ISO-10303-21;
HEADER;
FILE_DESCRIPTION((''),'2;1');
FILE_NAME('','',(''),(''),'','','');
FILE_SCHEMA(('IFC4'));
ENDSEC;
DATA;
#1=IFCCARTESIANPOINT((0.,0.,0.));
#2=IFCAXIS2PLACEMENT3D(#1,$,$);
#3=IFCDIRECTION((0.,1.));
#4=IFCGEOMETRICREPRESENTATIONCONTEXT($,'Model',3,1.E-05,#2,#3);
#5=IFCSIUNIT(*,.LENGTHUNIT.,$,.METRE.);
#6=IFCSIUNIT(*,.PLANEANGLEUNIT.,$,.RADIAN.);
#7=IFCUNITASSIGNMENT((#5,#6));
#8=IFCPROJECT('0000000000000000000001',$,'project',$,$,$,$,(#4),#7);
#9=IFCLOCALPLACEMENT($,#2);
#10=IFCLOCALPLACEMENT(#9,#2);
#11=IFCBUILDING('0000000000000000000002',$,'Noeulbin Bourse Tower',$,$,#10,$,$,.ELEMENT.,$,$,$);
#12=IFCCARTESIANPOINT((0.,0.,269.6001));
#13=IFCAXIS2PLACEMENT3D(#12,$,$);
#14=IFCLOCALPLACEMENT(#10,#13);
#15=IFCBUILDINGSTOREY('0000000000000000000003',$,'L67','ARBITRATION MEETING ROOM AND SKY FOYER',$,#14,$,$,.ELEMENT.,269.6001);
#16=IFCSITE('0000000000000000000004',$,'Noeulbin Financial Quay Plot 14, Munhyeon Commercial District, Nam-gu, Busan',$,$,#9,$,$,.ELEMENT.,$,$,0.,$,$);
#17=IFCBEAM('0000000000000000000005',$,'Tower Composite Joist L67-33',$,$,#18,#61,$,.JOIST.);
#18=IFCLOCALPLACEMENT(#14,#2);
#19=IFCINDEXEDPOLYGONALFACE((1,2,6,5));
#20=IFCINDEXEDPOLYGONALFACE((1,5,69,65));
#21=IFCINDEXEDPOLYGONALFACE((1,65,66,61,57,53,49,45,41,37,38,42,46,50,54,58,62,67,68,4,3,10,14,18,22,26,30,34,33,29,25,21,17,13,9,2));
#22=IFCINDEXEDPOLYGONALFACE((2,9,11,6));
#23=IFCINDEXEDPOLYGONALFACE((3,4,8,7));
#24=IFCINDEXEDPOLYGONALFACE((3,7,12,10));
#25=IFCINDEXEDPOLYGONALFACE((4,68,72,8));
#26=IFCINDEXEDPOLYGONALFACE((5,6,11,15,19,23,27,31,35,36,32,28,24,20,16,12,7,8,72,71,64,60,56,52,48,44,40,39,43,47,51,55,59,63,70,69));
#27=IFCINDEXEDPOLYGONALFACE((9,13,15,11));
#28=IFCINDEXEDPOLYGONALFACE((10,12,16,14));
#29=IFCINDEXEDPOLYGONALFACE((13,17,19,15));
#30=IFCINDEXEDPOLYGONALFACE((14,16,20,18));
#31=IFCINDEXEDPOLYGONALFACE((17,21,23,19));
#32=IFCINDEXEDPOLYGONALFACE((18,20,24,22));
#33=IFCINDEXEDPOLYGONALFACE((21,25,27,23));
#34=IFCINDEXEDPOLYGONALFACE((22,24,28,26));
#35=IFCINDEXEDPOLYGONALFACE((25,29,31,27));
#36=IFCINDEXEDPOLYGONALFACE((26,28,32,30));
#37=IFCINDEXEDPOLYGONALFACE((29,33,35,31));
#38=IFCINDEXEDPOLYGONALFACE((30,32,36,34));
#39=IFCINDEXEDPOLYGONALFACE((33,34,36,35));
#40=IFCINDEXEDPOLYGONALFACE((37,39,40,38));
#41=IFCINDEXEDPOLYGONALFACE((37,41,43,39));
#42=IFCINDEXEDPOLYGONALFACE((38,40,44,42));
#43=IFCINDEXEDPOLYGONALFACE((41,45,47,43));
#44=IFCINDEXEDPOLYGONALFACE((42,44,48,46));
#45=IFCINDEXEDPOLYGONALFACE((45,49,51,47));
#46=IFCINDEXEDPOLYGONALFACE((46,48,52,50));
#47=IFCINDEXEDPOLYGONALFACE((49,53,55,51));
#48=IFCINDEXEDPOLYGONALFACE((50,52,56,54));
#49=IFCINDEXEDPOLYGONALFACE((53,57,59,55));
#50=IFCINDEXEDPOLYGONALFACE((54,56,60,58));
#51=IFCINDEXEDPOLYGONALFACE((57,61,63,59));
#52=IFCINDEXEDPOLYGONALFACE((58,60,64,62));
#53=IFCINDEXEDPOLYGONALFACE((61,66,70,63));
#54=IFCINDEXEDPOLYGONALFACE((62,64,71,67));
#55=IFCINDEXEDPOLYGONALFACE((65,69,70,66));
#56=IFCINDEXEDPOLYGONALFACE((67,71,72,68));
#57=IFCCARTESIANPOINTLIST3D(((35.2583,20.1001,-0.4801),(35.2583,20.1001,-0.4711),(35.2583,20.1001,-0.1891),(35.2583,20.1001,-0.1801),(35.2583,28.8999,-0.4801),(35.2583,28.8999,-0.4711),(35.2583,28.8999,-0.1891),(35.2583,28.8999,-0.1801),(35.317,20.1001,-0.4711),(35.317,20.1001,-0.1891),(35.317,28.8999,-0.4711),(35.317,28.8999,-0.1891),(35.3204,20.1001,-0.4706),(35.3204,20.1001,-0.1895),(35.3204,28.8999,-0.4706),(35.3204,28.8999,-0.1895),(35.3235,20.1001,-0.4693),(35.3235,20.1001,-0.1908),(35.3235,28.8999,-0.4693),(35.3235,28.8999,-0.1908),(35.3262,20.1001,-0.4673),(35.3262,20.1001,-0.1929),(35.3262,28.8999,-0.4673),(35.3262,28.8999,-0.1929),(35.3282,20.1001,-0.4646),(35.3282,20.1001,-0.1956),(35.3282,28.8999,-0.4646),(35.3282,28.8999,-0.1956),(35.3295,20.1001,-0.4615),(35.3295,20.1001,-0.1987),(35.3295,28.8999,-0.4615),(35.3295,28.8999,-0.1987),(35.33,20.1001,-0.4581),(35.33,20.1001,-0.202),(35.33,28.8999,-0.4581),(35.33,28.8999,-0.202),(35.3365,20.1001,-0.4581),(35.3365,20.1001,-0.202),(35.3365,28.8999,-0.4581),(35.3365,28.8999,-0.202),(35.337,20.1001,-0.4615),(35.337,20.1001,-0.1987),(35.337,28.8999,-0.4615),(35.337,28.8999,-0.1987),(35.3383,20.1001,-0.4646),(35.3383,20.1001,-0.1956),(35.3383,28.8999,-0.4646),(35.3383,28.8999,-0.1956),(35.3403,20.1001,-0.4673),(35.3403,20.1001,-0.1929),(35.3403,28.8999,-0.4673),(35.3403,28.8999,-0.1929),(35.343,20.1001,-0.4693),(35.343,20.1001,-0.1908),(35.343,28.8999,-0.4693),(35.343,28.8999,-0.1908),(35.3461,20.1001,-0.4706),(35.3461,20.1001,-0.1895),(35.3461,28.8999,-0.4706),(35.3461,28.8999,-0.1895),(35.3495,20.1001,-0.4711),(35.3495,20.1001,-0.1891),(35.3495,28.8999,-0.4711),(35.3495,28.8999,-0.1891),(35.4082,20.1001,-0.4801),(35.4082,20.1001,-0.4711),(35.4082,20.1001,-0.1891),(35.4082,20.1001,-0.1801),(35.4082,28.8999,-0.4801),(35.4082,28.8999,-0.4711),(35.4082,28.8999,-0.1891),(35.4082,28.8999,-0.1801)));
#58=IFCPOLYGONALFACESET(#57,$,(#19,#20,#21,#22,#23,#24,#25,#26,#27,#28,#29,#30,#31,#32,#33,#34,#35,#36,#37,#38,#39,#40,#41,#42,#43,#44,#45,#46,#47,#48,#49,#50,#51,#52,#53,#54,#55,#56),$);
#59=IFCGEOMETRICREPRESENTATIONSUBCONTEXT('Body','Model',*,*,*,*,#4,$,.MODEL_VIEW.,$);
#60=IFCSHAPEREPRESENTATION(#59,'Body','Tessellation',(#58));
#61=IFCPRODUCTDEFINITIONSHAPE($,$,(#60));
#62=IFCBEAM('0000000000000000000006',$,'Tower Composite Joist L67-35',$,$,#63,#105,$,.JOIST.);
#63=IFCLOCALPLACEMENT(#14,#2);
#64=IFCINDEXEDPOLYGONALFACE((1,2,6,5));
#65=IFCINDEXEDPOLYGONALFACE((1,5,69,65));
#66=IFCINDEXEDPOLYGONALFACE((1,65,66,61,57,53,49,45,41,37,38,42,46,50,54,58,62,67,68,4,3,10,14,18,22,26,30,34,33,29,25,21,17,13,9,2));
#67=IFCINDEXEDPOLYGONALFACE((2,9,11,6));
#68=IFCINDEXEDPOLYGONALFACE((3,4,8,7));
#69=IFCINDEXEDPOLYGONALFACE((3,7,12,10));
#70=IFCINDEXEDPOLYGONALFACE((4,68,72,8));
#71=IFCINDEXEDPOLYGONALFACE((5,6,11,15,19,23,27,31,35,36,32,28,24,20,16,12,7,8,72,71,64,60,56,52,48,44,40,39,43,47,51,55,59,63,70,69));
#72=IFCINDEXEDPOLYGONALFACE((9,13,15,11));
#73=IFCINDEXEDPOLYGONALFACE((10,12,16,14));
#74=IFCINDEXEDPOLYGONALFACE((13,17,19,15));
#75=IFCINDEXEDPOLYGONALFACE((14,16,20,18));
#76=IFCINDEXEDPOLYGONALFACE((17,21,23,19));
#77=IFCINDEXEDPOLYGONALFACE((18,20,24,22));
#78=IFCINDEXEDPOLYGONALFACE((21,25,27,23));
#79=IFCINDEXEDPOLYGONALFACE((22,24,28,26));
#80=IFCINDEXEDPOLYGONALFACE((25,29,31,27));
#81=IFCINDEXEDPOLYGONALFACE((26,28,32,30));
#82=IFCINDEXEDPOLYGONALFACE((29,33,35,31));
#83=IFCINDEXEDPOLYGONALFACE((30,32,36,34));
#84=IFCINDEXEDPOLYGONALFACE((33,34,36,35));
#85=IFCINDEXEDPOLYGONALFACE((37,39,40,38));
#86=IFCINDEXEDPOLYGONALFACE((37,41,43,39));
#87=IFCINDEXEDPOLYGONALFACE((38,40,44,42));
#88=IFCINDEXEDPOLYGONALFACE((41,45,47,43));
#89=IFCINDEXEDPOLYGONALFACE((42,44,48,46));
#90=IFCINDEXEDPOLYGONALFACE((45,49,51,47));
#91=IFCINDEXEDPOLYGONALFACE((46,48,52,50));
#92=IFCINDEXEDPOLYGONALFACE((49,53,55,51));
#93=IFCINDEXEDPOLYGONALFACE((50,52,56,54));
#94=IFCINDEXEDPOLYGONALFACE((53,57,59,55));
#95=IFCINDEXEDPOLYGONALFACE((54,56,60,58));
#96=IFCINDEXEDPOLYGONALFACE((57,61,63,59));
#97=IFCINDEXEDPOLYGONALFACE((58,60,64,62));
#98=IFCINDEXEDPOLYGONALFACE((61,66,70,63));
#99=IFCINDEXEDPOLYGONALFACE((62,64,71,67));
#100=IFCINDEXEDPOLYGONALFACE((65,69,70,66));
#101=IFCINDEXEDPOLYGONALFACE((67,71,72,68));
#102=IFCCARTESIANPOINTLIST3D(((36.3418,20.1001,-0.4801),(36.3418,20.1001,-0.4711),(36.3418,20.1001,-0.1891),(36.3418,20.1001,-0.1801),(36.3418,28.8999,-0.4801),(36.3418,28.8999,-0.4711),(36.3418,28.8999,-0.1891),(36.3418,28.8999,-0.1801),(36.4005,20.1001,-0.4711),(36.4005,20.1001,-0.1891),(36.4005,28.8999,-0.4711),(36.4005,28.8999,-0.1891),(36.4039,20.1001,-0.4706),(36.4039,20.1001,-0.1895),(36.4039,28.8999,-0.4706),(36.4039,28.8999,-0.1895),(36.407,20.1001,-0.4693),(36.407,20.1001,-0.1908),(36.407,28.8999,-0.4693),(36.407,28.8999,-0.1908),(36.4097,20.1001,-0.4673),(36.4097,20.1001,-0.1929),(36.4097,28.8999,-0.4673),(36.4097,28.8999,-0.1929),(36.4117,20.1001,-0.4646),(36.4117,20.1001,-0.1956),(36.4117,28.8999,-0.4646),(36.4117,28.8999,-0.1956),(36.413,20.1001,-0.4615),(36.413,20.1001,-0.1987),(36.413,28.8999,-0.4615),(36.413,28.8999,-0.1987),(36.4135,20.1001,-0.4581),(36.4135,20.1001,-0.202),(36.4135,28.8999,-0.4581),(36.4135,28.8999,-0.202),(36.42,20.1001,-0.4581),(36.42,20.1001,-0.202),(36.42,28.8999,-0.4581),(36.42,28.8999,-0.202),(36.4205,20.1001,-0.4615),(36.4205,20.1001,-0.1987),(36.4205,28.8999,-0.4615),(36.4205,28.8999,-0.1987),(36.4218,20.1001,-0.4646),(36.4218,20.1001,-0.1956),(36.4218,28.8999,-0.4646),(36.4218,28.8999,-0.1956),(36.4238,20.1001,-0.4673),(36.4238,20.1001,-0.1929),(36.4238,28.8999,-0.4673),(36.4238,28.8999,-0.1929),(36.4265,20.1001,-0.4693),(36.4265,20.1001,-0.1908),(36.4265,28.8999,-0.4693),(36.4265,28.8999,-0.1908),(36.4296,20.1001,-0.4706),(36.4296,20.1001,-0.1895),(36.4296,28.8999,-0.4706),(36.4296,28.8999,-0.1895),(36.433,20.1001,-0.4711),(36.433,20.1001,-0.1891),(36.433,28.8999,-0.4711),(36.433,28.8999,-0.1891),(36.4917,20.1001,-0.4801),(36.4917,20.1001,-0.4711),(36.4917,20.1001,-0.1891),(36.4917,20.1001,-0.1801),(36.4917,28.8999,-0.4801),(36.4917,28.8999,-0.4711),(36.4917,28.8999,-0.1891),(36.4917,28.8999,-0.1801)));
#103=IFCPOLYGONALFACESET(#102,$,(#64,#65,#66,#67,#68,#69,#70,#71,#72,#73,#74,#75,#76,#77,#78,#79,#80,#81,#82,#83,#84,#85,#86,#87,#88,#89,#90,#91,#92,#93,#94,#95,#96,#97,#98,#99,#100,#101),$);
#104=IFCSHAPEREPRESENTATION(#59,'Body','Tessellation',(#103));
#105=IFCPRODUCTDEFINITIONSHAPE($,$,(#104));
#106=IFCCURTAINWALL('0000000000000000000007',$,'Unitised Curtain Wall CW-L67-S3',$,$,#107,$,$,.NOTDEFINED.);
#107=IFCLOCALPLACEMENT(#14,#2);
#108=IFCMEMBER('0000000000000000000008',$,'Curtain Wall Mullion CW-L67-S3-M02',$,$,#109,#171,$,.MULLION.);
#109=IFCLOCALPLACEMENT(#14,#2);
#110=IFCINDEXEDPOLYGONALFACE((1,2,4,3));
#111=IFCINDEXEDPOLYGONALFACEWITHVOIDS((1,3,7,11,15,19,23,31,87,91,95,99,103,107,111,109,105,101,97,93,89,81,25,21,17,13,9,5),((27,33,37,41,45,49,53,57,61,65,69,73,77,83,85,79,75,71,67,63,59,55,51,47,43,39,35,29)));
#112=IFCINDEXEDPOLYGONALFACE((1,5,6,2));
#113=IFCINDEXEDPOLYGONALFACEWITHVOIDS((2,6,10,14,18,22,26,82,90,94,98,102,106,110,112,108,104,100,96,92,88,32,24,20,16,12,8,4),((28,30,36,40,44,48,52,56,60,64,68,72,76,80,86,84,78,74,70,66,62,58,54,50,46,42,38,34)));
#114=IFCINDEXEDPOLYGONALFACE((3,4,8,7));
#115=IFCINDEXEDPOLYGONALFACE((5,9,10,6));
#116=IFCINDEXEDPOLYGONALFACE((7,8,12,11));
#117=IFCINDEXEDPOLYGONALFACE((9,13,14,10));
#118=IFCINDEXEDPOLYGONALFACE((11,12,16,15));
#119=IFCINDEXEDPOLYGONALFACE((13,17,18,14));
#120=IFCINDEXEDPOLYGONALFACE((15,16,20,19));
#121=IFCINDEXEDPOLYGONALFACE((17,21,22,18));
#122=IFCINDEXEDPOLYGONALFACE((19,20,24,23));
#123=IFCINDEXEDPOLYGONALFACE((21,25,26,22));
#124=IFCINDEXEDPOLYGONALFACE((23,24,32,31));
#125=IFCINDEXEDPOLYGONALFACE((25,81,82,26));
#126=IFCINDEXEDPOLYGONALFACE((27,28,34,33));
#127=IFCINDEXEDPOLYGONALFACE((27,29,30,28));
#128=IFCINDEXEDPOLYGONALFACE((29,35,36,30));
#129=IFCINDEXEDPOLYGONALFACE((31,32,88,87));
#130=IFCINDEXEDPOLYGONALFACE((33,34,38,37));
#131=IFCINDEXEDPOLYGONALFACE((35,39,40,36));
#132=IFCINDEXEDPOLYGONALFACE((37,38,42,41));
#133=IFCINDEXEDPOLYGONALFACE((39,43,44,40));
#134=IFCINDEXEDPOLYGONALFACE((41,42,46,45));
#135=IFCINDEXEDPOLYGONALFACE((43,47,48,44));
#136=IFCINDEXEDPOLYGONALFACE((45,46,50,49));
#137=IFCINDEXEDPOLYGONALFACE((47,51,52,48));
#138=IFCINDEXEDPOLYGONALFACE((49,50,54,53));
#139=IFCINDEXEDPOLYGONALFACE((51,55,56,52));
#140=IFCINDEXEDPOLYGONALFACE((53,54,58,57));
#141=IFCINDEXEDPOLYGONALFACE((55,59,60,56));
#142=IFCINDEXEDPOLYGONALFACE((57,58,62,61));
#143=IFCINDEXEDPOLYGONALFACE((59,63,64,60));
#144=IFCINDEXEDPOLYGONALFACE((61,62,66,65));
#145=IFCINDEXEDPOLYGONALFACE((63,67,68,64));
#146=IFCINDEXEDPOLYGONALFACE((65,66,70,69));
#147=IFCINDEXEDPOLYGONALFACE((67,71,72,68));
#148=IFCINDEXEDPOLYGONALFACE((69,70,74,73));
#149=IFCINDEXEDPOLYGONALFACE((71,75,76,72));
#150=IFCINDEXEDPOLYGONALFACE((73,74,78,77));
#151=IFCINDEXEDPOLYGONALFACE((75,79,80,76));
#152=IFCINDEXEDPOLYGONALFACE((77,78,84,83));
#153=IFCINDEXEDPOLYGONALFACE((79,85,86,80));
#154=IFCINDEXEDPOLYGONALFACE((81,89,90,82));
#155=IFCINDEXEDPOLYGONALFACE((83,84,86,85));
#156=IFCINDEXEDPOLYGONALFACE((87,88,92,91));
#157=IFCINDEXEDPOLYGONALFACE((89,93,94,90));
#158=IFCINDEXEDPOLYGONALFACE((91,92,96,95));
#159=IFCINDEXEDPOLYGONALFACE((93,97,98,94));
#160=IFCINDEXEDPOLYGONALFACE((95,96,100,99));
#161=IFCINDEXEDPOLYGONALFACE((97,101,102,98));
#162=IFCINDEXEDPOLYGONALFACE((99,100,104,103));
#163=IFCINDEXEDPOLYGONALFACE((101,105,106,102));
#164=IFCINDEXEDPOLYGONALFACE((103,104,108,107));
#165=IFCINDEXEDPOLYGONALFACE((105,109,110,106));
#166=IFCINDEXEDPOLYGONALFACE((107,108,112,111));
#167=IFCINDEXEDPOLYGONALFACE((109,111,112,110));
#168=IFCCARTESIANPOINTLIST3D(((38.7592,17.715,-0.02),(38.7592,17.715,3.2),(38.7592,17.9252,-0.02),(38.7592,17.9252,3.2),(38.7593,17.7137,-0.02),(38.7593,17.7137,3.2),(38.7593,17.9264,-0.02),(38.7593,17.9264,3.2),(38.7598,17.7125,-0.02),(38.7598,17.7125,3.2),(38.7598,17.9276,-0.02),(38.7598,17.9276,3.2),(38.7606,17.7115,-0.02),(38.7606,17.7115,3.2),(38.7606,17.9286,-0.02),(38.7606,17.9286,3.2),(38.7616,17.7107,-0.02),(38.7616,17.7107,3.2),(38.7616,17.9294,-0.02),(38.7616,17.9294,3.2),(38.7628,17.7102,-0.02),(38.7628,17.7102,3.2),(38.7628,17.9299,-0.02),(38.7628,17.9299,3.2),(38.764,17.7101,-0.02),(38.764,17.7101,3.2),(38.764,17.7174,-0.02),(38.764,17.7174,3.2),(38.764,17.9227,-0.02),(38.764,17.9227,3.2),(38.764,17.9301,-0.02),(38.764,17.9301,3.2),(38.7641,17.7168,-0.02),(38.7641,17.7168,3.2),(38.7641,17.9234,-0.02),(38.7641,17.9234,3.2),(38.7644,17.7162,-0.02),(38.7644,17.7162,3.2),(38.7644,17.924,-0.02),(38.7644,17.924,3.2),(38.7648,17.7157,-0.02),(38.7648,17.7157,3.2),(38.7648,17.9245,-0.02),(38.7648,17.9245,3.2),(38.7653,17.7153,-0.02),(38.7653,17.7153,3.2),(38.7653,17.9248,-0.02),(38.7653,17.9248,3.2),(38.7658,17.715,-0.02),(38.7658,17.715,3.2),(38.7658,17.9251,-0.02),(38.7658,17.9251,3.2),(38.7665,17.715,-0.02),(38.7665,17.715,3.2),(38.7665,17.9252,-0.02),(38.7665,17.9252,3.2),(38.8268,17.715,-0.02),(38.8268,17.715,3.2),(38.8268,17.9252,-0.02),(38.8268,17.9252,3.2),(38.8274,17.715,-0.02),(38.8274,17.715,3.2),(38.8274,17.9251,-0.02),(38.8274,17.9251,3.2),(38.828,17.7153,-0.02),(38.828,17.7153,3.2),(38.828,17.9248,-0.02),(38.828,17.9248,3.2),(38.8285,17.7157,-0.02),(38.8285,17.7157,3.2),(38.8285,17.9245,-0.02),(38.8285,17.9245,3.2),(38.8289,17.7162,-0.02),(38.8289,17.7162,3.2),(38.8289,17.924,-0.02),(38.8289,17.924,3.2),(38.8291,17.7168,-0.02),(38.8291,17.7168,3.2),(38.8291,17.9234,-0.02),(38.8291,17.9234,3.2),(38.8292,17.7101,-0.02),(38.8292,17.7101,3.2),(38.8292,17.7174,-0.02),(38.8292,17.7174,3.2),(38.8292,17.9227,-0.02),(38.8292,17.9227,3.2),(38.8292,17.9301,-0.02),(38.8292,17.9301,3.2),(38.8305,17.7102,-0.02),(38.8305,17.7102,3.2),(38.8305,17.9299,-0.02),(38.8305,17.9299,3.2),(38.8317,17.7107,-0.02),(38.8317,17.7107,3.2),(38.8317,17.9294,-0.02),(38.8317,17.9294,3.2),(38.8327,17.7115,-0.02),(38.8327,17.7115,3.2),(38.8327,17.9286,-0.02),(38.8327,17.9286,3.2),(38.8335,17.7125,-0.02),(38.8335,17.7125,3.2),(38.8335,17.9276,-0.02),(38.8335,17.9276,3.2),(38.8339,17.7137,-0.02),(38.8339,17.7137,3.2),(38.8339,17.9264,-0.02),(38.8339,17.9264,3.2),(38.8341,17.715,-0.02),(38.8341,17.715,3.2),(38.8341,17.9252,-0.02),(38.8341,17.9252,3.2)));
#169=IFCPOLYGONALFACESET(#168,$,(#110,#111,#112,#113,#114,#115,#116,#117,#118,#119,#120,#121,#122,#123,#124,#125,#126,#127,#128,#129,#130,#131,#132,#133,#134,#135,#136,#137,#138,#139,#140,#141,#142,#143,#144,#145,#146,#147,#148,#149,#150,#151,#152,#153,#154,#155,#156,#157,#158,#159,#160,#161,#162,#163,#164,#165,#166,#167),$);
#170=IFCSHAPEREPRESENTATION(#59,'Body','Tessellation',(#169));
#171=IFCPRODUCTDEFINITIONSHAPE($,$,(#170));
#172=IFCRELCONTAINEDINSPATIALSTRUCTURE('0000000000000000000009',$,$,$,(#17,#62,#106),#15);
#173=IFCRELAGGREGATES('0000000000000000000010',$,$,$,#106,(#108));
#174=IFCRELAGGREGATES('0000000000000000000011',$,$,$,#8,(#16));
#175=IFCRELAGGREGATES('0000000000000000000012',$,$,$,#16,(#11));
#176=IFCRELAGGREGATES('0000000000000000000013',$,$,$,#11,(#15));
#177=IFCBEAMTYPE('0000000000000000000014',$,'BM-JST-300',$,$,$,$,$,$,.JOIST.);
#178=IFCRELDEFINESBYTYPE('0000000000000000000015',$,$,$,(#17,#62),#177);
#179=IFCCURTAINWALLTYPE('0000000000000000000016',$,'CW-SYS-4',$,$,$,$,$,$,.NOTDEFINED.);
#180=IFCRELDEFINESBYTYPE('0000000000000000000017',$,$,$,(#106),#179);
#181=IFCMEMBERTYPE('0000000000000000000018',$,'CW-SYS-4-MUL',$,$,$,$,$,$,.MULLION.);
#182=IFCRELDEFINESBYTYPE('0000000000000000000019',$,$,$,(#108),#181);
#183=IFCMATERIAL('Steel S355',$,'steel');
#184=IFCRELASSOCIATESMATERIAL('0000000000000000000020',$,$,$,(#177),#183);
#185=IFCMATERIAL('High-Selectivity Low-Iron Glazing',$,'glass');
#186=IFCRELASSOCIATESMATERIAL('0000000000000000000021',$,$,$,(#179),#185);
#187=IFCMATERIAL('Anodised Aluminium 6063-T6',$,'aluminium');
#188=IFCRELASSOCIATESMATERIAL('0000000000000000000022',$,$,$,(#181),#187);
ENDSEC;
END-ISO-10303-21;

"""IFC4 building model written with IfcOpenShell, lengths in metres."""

from ifc_helpers import new_model, si_unit, direction, frame, origin, origin_2d, place, context, subcontext, project, spatial, hollow_rectangle, i_section, extrude, material, material_profile, profile_set, type_object, element, aggregate, save


model = new_model("IFC4")

# Units and contexts
model_context = context("Model", 3, precision=1e-05, world=origin(), true_north=direction((0.0, 1.0)))
body_context = subcontext(model_context, "Body", "Model", "MODEL_VIEW")
ifc_project = project(units=[si_unit("LENGTHUNIT", "METRE"), si_unit("PLANEANGLEUNIT", "RADIAN")], contexts=[model_context])

# Site, building, storey
site_placement = place(None, origin())
site = spatial("IfcSite", under=ifc_project, at=site_placement, Name="Noeulbin Financial Quay Plot 14, Munhyeon Commercial District, Nam-gu, Busan", CompositionType="ELEMENT", RefElevation=0.0)
building_placement = place(site_placement, origin())
building = spatial("IfcBuilding", under=site, at=building_placement, Name="Noeulbin Bourse Tower", CompositionType="ELEMENT")
storey_placement = place(building_placement, frame((0.0, 0.0, 269.6001)))
storey = spatial("IfcBuildingStorey", under=building, at=storey_placement, Name="L67", Description="ARBITRATION MEETING ROOM AND SKY FOYER", CompositionType="ELEMENT", Elevation=269.6001)

# Shared definitions
ifc_material_1 = material(Name="Steel S355", Category="steel")

# Beams
ifc_material_profile_1 = material_profile(ifc_material_1, i_section(OverallWidth=0.1499, OverallDepth=0.3, WebThickness=0.0066, FlangeThickness=0.009, FilletRadius=0.0129, at=origin_2d()), Name="H-300x150x6.5x9", Category="LoadBearing")
ifc_profile_set_1 = profile_set([ifc_material_profile_1], Name="Steel S355")
beam_type_1 = type_object("IfcBeamType", Name="BM-JST-300", PredefinedType="JOIST", material=ifc_profile_set_1)
for number, where, z_axis, x_axis, name in (
    (1, (35.3333, 20.1001, -0.3301), (0.0, 1.0, 0.0), (-1.0, 0.0, 0.0), "Tower Composite Joist L67-33"),
    (2, (36.4167, 20.1001, -0.3301), (0.0, 1.0, 0.0), (-1.0, 0.0, 0.0), "Tower Composite Joist L67-35"),
):
    element("IfcBeam", number, at=place(storey_placement, frame(where, z_axis=z_axis, x_axis=x_axis)), inside=storey, type_object=beam_type_1, Name=name, PredefinedType="JOIST", context=body_context, shape_type="SweptSolid", body=[
        extrude(i_section(OverallWidth=0.1499, OverallDepth=0.3, WebThickness=0.0066, FlangeThickness=0.009, FilletRadius=0.0129, at=origin_2d()), origin(), (0.0, 0.0, 1.0), 8.7998),
    ])

# Curtain wall, member
ifc_material_2 = material(Name="High-Selectivity Low-Iron Glazing", Category="glass")
curtain_wall_type = type_object("IfcCurtainWallType", Name="CW-SYS-4", PredefinedType="NOTDEFINED", material=ifc_material_2)
curtain_wall_1_placement = place(storey_placement, origin())
curtain_wall_1 = element("IfcCurtainWall", 3, at=curtain_wall_1_placement, inside=storey, type_object=curtain_wall_type, Name="Unitised Curtain Wall CW-L67-S3", PredefinedType="NOTDEFINED")
ifc_material_3 = material(Name="Anodised Aluminium 6063-T6", Category="aluminium")
ifc_material_profile_2 = material_profile(ifc_material_3, hollow_rectangle(XDim=0.075, YDim=0.22, WallThickness=0.0049, InnerFilletRadius=0.0024, OuterFilletRadius=0.0049, at=origin_2d()), Name="ALU-MULL-75x220x5", Category="LoadBearing")
ifc_profile_set_2 = profile_set([ifc_material_profile_2], Name="Anodised Aluminium 6063-T6")
member_type_1 = type_object("IfcMemberType", Name="CW-SYS-4-MUL", PredefinedType="MULLION", material=ifc_profile_set_2)
member_1_placement = place(storey_placement, frame((38.7966, 17.8201, -0.02), z_axis=(0.0, 0.0, 1.0), x_axis=(1.0, 0.0, 0.0)))
member_1 = element("IfcMember", 4, at=member_1_placement, type_object=member_type_1, Name="Curtain Wall Mullion CW-L67-S3-M02", PredefinedType="MULLION", context=body_context, shape_type="SweptSolid", body=[
    extrude(hollow_rectangle(XDim=0.075, YDim=0.22, WallThickness=0.0049, InnerFilletRadius=0.0024, OuterFilletRadius=0.0049, at=origin_2d()), origin(), (0.0, 0.0, 1.0), 3.22),
])

aggregate(curtain_wall_1, [member_1])

save(model, "model.ifc")
